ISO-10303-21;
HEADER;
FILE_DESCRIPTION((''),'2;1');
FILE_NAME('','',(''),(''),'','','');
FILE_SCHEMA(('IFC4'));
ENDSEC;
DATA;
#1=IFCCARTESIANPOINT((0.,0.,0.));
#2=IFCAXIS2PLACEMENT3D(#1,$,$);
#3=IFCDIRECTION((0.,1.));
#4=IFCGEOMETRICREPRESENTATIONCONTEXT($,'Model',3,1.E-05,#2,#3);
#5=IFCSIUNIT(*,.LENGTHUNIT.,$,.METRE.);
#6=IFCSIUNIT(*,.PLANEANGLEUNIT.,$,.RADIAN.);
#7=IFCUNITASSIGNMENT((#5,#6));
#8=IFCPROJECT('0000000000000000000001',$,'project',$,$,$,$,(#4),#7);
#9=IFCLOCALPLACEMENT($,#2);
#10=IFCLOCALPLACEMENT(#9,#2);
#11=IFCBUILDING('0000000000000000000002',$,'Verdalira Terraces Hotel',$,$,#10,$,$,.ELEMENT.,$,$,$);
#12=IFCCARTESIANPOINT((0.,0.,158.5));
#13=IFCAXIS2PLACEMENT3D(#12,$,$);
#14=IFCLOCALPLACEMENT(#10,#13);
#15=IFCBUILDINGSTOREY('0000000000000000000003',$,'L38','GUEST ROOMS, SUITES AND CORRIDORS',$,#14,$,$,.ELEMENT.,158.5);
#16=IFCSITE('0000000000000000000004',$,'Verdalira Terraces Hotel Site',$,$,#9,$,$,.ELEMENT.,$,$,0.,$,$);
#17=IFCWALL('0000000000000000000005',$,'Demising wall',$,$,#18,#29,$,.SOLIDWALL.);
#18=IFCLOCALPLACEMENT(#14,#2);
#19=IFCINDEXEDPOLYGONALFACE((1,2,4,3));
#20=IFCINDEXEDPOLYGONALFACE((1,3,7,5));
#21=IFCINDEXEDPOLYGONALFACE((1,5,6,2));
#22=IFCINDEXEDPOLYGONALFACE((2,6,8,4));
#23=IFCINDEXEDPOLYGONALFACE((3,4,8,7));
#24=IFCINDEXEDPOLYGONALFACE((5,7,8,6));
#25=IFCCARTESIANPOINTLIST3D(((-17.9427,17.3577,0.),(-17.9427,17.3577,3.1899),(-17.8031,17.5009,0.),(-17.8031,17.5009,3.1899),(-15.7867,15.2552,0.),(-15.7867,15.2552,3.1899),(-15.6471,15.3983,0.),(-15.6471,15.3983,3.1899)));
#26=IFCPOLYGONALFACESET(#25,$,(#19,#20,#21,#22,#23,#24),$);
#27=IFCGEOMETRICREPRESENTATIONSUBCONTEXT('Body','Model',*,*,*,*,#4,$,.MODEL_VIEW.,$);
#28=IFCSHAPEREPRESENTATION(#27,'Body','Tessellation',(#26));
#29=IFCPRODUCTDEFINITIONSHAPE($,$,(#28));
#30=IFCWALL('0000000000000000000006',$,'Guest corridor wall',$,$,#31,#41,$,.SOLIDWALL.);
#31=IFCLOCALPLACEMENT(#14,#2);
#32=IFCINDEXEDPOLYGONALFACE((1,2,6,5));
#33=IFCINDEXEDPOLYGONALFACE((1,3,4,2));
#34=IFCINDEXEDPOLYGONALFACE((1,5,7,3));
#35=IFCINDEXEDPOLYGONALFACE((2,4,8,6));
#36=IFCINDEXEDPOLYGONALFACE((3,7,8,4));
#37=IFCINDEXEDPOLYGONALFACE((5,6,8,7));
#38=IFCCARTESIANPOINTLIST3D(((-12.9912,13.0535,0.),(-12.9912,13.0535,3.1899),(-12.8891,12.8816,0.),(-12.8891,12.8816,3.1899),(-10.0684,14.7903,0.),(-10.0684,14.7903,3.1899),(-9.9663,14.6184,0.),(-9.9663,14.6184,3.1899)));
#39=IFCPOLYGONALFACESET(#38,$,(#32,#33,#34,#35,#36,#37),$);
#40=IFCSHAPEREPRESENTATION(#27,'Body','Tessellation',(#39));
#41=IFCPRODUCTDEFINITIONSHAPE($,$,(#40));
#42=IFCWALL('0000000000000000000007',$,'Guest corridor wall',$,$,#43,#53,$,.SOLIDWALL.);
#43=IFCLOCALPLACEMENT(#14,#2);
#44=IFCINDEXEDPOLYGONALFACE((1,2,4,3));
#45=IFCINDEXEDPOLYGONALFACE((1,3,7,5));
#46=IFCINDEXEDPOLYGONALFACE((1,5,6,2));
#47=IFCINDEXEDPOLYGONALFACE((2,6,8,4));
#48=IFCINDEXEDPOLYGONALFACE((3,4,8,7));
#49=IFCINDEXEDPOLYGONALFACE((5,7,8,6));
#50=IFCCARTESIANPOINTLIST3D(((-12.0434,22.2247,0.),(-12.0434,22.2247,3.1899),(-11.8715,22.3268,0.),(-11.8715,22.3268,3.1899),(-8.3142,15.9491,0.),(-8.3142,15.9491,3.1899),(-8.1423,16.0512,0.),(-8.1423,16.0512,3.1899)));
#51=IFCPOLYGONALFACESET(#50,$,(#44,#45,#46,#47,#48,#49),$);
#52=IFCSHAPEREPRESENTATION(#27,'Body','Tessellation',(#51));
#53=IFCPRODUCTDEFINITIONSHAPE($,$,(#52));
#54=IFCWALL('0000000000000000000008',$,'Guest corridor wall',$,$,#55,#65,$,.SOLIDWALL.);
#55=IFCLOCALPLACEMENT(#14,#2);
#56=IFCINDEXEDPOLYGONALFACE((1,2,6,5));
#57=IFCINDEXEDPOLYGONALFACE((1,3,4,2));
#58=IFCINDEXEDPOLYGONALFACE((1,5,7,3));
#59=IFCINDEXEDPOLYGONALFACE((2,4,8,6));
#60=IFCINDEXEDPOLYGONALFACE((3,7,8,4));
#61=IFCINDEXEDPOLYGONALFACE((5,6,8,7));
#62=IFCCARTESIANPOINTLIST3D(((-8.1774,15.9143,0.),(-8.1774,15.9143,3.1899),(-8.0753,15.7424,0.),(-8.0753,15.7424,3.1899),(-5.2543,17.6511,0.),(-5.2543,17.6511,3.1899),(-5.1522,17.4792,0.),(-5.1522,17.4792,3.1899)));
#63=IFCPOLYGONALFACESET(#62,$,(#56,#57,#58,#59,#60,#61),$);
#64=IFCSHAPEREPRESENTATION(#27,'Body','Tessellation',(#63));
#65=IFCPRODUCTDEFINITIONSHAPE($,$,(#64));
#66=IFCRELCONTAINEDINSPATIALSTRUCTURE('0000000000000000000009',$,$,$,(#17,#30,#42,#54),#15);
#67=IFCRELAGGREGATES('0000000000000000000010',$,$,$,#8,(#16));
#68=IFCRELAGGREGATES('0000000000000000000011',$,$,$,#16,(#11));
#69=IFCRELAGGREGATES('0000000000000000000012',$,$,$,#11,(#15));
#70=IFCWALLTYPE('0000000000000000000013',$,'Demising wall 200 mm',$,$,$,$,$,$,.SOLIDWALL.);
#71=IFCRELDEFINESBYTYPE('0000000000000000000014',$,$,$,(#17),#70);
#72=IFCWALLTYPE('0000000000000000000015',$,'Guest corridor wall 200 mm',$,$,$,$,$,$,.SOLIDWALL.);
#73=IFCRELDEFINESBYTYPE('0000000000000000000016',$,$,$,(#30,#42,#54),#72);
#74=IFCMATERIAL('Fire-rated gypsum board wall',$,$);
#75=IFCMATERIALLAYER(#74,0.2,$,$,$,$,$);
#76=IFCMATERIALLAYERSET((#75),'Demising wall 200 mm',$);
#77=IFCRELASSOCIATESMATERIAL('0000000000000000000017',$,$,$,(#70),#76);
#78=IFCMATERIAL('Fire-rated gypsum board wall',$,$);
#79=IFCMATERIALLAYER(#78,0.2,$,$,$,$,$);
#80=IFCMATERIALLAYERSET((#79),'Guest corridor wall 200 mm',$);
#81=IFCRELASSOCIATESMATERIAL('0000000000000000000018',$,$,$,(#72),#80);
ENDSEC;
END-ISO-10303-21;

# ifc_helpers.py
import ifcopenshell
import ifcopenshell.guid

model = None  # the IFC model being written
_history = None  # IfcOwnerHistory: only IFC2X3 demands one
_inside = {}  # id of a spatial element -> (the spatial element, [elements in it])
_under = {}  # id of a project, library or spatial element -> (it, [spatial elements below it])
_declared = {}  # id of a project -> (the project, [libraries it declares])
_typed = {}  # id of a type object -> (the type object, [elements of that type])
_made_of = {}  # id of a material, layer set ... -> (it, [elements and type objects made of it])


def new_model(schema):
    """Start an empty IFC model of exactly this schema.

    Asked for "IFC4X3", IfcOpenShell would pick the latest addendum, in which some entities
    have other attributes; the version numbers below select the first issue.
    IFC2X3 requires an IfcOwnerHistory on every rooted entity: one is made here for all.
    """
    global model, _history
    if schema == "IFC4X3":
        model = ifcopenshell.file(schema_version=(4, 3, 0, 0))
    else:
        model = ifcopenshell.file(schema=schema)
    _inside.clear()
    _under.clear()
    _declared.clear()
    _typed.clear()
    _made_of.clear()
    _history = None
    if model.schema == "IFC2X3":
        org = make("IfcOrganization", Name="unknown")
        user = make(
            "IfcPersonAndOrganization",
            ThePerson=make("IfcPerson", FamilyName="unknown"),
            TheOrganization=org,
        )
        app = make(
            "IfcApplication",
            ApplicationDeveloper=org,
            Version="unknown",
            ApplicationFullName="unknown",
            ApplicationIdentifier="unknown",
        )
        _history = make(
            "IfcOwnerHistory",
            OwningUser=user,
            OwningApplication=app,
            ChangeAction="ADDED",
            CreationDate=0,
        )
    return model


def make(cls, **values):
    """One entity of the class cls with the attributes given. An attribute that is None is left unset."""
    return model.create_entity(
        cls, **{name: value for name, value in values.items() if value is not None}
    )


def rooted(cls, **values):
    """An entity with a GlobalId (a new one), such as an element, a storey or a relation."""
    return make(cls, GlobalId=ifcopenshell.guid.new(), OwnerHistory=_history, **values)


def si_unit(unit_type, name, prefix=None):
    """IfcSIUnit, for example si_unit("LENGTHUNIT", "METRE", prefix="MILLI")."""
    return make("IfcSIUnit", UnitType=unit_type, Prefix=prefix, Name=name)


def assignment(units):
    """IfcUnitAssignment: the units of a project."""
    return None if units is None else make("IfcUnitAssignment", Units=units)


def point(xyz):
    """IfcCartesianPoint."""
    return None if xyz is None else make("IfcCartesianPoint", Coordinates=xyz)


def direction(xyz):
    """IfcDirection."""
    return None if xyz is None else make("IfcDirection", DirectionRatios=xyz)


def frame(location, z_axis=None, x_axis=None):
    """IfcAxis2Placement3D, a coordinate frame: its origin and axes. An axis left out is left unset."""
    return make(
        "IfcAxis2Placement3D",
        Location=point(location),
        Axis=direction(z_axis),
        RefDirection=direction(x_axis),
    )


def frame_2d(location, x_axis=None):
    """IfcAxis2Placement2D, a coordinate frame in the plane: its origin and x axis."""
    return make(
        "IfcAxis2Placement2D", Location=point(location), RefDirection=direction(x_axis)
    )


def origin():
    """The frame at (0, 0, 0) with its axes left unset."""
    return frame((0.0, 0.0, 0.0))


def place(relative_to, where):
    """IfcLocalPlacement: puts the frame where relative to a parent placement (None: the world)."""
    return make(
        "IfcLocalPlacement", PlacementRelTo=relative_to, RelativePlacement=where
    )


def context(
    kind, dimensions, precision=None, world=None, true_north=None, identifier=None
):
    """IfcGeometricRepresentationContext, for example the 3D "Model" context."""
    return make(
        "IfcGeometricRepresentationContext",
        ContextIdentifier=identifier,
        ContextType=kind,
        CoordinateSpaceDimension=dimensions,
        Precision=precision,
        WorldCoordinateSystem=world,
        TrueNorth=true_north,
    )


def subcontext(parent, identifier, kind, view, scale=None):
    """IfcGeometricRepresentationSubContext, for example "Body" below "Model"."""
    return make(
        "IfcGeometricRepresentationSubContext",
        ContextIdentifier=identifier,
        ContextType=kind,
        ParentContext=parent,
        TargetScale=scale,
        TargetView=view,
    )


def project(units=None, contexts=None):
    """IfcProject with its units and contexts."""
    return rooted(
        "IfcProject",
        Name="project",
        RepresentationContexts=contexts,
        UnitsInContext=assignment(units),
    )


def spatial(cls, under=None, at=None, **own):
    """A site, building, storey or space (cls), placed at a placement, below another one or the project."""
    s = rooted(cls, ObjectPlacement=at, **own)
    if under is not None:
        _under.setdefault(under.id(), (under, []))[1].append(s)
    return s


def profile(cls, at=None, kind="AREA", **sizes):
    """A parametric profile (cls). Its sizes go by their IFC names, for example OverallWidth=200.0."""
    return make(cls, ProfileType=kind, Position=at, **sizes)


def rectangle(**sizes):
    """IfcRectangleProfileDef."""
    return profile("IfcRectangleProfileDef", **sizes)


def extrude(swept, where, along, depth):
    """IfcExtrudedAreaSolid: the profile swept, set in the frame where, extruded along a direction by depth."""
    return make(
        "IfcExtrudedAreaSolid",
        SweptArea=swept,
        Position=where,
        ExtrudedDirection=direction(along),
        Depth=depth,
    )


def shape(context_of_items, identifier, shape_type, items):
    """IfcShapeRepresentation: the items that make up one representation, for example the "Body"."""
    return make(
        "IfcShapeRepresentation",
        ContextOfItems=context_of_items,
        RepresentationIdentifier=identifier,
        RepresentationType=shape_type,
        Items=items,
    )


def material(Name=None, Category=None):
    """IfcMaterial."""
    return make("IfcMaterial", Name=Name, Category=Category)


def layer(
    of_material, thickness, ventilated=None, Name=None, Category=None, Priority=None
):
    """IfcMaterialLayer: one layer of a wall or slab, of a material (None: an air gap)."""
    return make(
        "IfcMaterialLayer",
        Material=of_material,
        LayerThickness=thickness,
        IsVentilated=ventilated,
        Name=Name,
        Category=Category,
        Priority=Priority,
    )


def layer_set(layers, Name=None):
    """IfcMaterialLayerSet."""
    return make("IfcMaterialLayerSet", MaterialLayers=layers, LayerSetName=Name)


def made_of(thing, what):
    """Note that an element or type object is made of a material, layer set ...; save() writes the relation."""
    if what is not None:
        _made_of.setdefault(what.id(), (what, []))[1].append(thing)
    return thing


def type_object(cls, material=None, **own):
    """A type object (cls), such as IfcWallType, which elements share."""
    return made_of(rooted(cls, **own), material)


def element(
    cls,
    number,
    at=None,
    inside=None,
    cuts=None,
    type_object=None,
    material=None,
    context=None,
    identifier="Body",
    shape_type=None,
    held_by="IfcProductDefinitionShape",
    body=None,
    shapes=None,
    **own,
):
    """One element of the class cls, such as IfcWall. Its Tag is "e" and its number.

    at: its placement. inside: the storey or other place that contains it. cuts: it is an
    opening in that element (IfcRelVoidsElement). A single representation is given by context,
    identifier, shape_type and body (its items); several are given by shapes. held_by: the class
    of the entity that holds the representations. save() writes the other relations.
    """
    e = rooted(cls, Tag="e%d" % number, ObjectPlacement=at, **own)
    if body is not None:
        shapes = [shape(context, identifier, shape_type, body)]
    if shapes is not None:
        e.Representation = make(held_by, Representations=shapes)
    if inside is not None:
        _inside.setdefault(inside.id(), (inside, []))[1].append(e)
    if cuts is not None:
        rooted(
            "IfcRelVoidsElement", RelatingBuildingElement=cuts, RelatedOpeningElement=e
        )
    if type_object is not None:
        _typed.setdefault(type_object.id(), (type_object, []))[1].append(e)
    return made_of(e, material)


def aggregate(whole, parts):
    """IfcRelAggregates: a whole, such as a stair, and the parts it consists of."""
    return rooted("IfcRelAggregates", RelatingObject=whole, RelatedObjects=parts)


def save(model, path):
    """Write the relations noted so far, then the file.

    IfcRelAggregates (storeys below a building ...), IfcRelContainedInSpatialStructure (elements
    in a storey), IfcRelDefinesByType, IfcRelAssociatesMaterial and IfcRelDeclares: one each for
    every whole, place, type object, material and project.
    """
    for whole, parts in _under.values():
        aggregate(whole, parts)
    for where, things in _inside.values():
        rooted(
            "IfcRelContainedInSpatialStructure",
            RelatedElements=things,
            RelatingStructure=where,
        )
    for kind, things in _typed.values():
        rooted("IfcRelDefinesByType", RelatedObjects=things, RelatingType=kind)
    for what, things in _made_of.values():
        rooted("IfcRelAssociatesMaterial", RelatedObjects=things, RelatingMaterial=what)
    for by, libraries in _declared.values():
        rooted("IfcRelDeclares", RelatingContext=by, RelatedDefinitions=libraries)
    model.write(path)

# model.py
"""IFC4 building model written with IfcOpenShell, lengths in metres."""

from ifc_helpers import new_model, si_unit, direction, frame, frame_2d, origin, place, context, subcontext, project, spatial, rectangle, extrude, material, layer, layer_set, type_object, element, save


model = new_model("IFC4")

# Units and contexts
model_context = context("Model", 3, precision=1e-05, world=origin(), true_north=direction((0.0, 1.0)))
body_context = subcontext(model_context, "Body", "Model", "MODEL_VIEW")
ifc_project = project(units=[si_unit("LENGTHUNIT", "METRE"), si_unit("PLANEANGLEUNIT", "RADIAN")], contexts=[model_context])

# Site, building, storey
site_placement = place(None, origin())
site = spatial("IfcSite", under=ifc_project, at=site_placement, Name="Verdalira Terraces Hotel Site", CompositionType="ELEMENT", RefElevation=0.0)
building_placement = place(site_placement, origin())
building = spatial("IfcBuilding", under=site, at=building_placement, Name="Verdalira Terraces Hotel", CompositionType="ELEMENT")
storey_placement = place(building_placement, frame((0.0, 0.0, 158.5)))
storey = spatial("IfcBuildingStorey", under=building, at=storey_placement, Name="L38", Description="GUEST ROOMS, SUITES AND CORRIDORS", CompositionType="ELEMENT", Elevation=158.5)

# Walls
ifc_material_1 = material(Name="Fire-rated gypsum board wall")
ifc_layer_1 = layer(ifc_material_1, 0.2)
ifc_layer_set_1 = layer_set([ifc_layer_1], Name="Demising wall 200 mm")
wall_type_1 = type_object("IfcWallType", Name="Demising wall 200 mm", PredefinedType="SOLIDWALL", material=ifc_layer_set_1)
wall_1_placement = place(storey_placement, frame((-15.7168, 15.3267, 0.0), z_axis=(0.0, 0.0, 1.0), x_axis=(-0.715928, 0.698174, 0.0)))
element("IfcWall", 1, at=wall_1_placement, inside=storey, type_object=wall_type_1, Name="Demising wall", PredefinedType="SOLIDWALL", context=body_context, shape_type="SweptSolid", body=[
    extrude(rectangle(XDim=3.0115, YDim=0.2, at=frame_2d((1.5059, 0.0))), origin(), (0.0, 0.0, 1.0), 3.1899),
])
ifc_material_2 = material(Name="Fire-rated gypsum board wall")
ifc_layer_2 = layer(ifc_material_2, 0.2)
ifc_layer_set_2 = layer_set([ifc_layer_2], Name="Guest corridor wall 200 mm")
wall_type_2 = type_object("IfcWallType", Name="Guest corridor wall 200 mm", PredefinedType="SOLIDWALL", material=ifc_layer_set_2)
wall_2_placement = place(storey_placement, frame((-10.0173, 14.7043, 0.0), z_axis=(0.0, 0.0, 1.0), x_axis=(-0.859677, -0.510837, 0.0)))
element("IfcWall", 2, at=wall_2_placement, inside=storey, type_object=wall_type_2, Name="Guest corridor wall", PredefinedType="SOLIDWALL", context=body_context, shape_type="SweptSolid", body=[
    extrude(rectangle(XDim=3.3999, YDim=0.2, at=frame_2d((1.7, 0.0))), origin(), (0.0, 0.0, 1.0), 3.1899),
])
wall_3_placement = place(storey_placement, frame((-8.2283, 16.0002, 0.0), z_axis=(0.0, 0.0, 1.0), x_axis=(-0.510852, 0.859669, 0.0)))
element("IfcWall", 3, at=wall_3_placement, inside=storey, type_object=wall_type_2, Name="Guest corridor wall", PredefinedType="SOLIDWALL", context=body_context, shape_type="SweptSolid", body=[
    extrude(rectangle(XDim=7.3, YDim=0.2, at=frame_2d((3.6499, 0.0))), origin(), (0.0, 0.0, 1.0), 3.1899),
])
wall_4_placement = place(storey_placement, frame((-5.2031, 17.5652, 0.0), z_axis=(0.0, 0.0, 1.0), x_axis=(-0.859696, -0.510806, 0.0)))
element("IfcWall", 4, at=wall_4_placement, inside=storey, type_object=wall_type_2, Name="Guest corridor wall", PredefinedType="SOLIDWALL", context=body_context, shape_type="SweptSolid", body=[
    extrude(rectangle(XDim=3.4001, YDim=0.2, at=frame_2d((1.7002, 0.0))), origin(), (0.0, 0.0, 1.0), 3.1899),
])

save(model, "model.ifc")
